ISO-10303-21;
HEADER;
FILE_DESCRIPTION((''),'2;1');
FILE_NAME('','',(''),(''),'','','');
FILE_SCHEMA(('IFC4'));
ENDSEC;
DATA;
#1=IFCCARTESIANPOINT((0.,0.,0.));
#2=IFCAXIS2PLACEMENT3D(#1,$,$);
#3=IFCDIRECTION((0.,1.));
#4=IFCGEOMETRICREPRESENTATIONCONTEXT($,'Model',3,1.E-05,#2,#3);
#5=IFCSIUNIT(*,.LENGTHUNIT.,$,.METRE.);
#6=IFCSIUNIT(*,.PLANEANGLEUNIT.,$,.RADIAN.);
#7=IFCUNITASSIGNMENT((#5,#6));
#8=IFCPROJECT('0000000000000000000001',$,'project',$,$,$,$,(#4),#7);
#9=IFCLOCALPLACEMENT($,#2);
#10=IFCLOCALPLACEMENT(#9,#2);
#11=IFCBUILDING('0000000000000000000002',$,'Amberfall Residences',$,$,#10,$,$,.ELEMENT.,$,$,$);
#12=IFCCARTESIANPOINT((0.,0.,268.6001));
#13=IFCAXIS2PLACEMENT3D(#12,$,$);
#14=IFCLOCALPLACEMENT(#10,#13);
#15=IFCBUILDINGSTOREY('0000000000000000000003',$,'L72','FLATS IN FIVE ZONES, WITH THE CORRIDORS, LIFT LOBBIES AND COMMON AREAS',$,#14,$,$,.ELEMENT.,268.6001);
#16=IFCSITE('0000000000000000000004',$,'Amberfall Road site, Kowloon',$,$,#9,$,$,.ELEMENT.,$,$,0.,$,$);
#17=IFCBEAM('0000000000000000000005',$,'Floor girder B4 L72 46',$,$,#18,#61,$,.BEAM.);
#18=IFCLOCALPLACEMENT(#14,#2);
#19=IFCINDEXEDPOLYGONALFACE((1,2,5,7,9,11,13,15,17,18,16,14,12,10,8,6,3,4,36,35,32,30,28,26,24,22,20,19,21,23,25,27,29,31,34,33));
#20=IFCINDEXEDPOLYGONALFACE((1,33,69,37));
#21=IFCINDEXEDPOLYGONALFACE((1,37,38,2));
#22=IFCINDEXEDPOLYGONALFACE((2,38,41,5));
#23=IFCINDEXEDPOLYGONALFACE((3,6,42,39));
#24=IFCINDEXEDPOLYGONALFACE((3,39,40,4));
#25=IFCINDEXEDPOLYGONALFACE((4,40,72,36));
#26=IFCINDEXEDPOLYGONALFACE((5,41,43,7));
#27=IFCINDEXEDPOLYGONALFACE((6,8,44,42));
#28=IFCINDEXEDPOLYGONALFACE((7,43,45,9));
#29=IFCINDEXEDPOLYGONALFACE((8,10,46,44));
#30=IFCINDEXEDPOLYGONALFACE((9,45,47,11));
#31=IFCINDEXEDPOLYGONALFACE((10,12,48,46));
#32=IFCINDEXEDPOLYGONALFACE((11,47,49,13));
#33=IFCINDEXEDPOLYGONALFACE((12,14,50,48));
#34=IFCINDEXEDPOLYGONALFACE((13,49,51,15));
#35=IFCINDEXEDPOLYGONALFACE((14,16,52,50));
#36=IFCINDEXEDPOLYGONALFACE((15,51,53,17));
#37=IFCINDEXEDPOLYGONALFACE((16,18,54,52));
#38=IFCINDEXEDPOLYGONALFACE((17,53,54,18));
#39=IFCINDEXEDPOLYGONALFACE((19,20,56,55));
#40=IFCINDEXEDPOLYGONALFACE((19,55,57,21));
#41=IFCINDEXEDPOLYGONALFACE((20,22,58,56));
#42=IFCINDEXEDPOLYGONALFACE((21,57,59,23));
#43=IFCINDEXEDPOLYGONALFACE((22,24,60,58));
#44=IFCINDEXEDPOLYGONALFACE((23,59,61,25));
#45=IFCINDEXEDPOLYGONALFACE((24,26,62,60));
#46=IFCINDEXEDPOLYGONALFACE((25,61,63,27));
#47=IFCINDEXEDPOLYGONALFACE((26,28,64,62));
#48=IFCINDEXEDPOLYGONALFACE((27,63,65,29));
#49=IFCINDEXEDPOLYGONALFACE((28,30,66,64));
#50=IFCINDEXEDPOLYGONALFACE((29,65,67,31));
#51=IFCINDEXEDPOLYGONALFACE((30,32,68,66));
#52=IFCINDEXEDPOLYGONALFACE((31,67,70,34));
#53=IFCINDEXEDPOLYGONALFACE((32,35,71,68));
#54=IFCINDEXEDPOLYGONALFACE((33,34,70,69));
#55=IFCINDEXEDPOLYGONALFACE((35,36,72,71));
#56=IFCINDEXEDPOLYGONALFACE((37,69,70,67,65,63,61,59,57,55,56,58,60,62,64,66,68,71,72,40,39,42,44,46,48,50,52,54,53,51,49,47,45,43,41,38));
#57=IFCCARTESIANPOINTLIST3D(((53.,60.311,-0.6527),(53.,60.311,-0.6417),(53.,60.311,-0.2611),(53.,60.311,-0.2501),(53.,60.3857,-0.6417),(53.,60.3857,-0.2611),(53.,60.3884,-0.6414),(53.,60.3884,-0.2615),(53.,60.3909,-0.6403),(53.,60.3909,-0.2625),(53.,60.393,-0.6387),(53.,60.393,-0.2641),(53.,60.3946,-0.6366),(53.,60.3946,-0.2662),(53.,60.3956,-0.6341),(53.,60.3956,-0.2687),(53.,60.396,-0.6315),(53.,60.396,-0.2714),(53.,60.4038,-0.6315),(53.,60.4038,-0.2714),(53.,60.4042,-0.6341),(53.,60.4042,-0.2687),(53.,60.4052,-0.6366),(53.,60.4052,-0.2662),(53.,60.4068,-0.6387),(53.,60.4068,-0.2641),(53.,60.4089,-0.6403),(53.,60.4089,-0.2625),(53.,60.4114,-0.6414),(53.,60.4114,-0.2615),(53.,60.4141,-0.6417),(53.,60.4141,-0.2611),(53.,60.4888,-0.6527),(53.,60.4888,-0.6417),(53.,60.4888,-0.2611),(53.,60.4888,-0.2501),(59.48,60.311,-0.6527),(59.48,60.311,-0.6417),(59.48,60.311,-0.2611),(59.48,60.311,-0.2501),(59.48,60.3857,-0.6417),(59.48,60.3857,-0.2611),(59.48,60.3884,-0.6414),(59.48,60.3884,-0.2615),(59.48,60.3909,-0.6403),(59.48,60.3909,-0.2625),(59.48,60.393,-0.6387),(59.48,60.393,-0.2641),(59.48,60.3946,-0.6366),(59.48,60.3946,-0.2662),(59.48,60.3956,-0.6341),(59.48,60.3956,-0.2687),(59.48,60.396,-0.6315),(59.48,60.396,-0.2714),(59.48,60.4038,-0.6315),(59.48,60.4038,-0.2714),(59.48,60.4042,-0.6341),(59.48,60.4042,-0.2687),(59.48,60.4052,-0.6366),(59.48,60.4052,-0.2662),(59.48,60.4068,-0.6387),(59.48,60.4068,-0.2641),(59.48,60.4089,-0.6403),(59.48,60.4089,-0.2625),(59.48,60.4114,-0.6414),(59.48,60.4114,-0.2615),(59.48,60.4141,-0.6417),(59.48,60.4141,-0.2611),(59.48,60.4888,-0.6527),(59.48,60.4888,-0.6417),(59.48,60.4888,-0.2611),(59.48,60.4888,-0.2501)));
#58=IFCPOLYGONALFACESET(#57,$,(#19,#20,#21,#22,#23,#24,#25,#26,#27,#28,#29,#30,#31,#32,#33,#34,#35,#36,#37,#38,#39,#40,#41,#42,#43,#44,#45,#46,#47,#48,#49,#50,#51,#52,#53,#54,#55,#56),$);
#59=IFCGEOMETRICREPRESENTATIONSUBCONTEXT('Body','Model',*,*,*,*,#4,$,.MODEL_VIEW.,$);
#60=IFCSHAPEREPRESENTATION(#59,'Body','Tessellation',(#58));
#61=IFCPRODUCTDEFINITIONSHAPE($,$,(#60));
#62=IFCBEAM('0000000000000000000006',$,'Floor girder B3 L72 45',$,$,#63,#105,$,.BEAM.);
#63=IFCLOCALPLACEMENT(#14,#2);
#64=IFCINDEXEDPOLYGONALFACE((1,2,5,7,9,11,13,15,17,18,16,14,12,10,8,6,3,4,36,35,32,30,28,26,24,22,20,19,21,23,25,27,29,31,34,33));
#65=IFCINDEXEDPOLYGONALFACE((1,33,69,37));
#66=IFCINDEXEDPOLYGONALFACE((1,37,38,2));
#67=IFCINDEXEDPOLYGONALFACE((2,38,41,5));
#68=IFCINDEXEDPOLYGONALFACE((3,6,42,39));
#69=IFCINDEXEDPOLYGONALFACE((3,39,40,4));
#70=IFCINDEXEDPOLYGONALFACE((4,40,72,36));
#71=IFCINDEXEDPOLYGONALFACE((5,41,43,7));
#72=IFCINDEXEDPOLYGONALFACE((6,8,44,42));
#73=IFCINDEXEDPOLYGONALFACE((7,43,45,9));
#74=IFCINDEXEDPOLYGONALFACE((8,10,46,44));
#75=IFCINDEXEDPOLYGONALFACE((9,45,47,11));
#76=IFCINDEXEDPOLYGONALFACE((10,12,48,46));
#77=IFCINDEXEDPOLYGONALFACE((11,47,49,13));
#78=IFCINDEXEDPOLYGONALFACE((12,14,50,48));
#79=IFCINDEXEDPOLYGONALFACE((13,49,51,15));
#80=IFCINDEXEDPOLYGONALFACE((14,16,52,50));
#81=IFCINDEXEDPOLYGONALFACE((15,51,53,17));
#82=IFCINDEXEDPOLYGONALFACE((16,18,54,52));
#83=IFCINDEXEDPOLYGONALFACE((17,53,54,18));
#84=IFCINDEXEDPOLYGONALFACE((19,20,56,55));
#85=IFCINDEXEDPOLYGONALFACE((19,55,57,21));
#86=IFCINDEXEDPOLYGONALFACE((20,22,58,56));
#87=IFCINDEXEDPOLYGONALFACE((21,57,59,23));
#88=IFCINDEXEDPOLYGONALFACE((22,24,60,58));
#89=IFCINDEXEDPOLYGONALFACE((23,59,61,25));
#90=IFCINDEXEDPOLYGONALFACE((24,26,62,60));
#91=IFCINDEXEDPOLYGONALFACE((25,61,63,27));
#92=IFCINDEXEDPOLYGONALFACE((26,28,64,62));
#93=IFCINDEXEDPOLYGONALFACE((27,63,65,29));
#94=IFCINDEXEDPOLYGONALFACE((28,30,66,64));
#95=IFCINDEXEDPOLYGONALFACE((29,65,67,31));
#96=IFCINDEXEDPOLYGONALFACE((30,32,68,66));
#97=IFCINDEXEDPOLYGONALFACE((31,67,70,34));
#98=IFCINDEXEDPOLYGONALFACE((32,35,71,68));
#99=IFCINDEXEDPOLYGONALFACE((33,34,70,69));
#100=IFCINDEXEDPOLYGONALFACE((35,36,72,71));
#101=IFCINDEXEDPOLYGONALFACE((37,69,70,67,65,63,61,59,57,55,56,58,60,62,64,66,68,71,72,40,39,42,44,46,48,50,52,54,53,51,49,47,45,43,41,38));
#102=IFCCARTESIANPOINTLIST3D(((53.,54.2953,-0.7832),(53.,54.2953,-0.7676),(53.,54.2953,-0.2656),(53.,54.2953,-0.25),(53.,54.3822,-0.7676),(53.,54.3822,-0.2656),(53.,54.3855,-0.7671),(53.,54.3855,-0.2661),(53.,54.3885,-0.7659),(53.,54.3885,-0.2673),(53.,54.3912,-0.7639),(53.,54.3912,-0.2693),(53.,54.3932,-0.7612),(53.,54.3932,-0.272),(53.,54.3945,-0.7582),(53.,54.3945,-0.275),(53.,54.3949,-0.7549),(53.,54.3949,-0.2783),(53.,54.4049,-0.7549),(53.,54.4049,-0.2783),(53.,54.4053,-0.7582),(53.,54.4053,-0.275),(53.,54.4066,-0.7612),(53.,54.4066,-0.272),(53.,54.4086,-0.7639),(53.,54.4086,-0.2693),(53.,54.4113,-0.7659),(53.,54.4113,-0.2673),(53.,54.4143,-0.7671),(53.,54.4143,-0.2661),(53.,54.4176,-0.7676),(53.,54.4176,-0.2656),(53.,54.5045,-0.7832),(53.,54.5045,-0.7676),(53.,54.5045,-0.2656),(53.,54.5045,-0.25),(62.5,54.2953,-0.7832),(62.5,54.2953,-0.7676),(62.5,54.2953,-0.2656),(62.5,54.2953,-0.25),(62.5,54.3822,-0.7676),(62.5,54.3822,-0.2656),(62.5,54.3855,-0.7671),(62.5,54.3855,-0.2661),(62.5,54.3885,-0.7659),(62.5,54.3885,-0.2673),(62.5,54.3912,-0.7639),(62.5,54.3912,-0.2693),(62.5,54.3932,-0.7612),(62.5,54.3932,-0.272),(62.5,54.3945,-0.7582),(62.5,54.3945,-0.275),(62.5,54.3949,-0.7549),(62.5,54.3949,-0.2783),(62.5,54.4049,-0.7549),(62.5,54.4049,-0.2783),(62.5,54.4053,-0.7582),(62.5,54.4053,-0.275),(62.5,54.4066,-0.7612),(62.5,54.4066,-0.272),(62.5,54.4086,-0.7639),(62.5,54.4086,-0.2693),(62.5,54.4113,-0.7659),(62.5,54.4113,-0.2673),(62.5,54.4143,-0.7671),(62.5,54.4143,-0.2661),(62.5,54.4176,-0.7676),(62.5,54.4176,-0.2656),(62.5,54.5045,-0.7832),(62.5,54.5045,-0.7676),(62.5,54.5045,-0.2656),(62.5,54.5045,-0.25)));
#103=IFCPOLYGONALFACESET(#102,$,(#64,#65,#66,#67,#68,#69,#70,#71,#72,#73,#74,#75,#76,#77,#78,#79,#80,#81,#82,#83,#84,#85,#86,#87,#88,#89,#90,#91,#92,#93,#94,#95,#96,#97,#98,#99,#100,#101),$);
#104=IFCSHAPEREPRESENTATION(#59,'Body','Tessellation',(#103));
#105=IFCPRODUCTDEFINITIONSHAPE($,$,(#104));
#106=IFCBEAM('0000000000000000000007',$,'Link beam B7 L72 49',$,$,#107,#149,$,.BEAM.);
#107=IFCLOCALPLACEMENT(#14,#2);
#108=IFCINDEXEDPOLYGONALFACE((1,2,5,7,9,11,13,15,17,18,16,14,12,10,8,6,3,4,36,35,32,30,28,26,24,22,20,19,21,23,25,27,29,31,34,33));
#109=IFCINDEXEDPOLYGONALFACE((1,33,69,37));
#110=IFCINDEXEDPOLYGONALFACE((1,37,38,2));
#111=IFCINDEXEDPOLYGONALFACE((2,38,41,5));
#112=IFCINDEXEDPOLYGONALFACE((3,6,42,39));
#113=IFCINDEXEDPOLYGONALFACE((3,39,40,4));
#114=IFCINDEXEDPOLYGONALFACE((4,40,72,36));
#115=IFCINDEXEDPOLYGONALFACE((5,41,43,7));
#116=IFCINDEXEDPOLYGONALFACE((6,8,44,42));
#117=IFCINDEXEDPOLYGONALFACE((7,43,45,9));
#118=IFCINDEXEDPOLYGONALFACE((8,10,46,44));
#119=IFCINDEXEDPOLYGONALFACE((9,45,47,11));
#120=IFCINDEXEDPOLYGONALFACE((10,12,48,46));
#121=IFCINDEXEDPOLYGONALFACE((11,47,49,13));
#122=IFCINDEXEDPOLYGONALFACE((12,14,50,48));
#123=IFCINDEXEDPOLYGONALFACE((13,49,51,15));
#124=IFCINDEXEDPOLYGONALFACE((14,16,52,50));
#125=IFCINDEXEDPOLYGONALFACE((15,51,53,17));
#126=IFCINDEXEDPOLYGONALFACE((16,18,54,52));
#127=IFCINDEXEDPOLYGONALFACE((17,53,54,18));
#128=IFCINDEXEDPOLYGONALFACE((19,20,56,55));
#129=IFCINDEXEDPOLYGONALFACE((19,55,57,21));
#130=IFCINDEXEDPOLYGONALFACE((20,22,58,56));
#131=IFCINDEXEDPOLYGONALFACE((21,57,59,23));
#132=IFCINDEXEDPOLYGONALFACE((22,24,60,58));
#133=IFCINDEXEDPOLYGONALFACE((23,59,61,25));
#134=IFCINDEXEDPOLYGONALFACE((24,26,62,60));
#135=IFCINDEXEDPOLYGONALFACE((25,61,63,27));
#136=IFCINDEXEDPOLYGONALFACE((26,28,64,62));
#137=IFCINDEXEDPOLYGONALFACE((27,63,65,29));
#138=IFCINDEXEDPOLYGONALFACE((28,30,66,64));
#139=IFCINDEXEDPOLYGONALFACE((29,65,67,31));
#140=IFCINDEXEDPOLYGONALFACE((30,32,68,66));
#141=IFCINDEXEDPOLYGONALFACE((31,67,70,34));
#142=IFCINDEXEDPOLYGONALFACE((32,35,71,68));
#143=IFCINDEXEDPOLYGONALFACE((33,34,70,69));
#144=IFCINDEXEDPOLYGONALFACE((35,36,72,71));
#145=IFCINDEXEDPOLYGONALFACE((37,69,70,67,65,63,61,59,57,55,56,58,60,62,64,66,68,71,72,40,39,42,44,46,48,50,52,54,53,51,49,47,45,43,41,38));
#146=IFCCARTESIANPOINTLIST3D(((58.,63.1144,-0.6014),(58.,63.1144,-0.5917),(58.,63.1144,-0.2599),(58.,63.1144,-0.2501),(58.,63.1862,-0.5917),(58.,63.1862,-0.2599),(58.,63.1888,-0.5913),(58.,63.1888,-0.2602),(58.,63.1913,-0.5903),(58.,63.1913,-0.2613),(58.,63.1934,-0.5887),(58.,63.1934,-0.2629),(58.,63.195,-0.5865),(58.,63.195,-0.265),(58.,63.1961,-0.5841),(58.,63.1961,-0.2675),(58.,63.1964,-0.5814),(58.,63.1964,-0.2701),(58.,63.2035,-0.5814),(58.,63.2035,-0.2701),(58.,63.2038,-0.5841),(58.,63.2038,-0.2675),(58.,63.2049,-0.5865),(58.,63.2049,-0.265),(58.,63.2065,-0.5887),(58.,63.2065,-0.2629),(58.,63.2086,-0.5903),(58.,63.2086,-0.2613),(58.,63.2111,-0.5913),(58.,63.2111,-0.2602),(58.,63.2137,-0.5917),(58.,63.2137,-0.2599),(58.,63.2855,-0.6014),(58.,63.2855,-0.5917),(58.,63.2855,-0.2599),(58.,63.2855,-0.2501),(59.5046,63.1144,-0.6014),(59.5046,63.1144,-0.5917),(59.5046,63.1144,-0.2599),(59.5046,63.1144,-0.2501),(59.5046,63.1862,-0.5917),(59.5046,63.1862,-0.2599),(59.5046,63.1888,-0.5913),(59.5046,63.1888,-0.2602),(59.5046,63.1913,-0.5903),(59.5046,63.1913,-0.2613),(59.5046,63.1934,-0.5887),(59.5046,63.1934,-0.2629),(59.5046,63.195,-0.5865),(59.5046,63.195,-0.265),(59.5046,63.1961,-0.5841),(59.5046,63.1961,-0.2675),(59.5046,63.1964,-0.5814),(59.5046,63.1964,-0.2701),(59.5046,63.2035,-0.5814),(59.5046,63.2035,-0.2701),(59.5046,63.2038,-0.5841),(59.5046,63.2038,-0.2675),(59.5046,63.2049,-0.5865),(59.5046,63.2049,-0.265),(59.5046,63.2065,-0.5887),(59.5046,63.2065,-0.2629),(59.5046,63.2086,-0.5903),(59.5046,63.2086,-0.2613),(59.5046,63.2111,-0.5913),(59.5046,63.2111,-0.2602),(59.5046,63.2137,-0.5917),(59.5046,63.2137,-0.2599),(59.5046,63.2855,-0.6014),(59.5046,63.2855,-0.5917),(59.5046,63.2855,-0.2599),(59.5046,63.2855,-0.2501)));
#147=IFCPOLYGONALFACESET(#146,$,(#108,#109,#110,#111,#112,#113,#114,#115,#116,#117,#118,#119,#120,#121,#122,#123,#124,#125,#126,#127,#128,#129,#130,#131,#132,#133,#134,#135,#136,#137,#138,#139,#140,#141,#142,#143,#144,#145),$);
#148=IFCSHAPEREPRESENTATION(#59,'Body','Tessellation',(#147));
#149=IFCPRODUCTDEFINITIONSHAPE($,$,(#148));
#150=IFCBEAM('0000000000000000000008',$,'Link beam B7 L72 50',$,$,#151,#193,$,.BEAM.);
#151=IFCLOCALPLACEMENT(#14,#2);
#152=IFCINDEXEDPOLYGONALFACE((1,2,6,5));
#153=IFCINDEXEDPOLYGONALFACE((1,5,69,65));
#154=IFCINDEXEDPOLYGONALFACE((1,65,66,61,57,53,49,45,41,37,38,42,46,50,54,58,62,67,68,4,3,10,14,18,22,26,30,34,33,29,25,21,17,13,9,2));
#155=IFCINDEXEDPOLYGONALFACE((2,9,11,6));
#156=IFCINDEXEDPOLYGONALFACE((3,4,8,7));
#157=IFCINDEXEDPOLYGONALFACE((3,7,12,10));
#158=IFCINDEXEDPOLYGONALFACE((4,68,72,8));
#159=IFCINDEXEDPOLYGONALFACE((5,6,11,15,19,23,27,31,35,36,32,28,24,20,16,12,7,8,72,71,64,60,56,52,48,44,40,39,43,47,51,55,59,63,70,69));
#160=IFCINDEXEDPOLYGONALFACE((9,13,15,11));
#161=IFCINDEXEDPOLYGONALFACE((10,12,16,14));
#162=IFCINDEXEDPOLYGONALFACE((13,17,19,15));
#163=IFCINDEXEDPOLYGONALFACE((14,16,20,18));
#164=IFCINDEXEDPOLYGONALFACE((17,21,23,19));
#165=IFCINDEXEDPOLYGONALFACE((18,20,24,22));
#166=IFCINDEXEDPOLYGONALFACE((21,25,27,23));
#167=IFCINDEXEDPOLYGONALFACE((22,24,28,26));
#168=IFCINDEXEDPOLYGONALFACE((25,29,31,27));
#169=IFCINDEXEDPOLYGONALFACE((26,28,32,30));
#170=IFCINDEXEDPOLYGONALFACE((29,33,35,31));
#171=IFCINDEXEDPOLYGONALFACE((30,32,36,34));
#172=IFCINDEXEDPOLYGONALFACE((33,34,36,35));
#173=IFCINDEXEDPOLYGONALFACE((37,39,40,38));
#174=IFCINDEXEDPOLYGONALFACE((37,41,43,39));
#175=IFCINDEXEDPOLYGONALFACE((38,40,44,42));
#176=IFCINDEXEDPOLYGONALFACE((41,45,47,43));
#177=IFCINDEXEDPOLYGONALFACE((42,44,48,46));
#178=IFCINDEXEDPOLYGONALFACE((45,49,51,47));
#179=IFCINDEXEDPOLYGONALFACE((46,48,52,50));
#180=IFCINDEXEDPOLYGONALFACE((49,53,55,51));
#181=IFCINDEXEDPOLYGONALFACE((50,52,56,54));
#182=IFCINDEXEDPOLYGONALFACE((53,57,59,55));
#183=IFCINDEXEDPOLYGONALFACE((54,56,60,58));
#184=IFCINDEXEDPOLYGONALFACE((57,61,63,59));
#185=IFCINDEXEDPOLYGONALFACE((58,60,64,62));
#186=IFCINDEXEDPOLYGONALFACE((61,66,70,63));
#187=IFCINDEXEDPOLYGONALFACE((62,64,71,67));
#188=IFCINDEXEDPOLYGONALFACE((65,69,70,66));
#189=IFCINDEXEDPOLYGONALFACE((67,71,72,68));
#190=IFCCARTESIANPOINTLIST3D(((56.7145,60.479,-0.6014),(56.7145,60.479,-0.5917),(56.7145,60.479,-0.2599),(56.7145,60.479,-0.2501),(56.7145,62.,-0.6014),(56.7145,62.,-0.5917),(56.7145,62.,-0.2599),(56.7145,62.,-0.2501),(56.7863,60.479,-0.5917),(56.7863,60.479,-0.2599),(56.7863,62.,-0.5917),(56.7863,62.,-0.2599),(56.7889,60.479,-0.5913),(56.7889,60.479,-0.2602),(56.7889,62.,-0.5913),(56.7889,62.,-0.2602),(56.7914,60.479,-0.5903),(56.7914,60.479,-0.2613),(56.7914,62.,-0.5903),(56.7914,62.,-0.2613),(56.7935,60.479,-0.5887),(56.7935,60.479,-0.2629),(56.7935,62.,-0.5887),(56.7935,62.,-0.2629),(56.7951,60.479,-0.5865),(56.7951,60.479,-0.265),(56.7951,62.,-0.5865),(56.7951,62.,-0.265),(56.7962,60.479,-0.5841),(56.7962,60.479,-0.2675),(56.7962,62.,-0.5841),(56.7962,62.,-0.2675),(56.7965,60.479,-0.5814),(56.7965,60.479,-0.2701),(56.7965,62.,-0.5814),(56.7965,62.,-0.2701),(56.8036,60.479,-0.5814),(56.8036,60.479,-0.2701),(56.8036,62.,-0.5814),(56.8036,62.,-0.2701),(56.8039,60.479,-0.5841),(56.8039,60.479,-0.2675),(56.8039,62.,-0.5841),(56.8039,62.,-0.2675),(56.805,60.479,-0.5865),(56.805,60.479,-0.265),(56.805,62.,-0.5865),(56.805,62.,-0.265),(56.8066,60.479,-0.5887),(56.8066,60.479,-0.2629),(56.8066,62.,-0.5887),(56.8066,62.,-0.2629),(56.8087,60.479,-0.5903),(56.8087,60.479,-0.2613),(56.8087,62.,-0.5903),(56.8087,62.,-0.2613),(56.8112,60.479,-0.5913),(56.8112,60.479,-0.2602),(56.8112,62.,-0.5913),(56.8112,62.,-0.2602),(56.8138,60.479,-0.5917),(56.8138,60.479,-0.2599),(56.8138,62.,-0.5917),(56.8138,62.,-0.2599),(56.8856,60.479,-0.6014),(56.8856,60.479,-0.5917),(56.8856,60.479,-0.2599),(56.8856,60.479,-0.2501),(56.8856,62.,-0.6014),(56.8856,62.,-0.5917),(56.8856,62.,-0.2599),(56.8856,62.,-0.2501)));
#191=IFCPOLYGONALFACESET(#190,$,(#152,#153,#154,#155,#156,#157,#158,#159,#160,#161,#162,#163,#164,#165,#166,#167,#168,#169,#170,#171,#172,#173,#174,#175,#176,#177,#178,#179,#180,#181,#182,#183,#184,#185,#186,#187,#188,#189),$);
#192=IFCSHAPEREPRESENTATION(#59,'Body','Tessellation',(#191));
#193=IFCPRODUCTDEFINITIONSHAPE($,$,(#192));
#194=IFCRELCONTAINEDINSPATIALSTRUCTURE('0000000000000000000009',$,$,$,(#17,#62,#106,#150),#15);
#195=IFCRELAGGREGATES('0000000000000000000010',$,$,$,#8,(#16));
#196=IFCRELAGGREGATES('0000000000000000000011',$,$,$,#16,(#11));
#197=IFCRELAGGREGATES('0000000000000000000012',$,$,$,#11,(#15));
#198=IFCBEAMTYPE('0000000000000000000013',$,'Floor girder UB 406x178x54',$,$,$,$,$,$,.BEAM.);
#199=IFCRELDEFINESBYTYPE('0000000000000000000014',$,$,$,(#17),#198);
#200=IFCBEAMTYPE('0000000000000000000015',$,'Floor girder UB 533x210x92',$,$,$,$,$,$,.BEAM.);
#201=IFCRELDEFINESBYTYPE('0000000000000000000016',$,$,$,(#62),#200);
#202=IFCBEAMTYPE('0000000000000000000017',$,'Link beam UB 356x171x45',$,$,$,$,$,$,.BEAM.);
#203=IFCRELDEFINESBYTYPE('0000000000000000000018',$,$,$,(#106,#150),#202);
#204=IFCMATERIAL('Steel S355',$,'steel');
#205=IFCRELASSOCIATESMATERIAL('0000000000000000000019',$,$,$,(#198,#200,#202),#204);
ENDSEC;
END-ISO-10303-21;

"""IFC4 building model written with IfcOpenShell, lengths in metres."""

from ifc_helpers import new_model, si_unit, direction, frame, origin, origin_2d, place, context, subcontext, project, spatial, i_section, extrude, material, material_profile, profile_set, type_object, element, save


model = new_model("IFC4")

# Units and contexts
model_context = context("Model", 3, precision=1e-05, world=origin(), true_north=direction((0.0, 1.0)))
body_context = subcontext(model_context, "Body", "Model", "MODEL_VIEW")
ifc_project = project(units=[si_unit("LENGTHUNIT", "METRE"), si_unit("PLANEANGLEUNIT", "RADIAN")], contexts=[model_context])

# Site, building, storey
site_placement = place(None, origin())
site = spatial("IfcSite", under=ifc_project, at=site_placement, Name="Amberfall Road site, Kowloon", CompositionType="ELEMENT", RefElevation=0.0)
building_placement = place(site_placement, origin())
building = spatial("IfcBuilding", under=site, at=building_placement, Name="Amberfall Residences", CompositionType="ELEMENT")
storey_placement = place(building_placement, frame((0.0, 0.0, 268.6001)))
storey = spatial("IfcBuildingStorey", under=building, at=storey_placement, Name="L72", Description="FLATS IN FIVE ZONES, WITH THE CORRIDORS, LIFT LOBBIES AND COMMON AREAS", CompositionType="ELEMENT", Elevation=268.6001)

# Shared definitions
ifc_material_1 = material(Name="Steel S355", Category="steel")

# Beams
ifc_material_profile_1 = material_profile(ifc_material_1, i_section(OverallWidth=0.1777, OverallDepth=0.4026, WebThickness=0.0078, FlangeThickness=0.011, FilletRadius=0.0103, at=origin_2d()), Name="UB 406x178x54")
ifc_profile_set_1 = profile_set([ifc_material_profile_1], Name="Steel S355")
beam_type_1 = type_object("IfcBeamType", Name="Floor girder UB 406x178x54", PredefinedType="BEAM", material=ifc_profile_set_1)
beam_1_placement = place(storey_placement, frame((53.0, 60.3999, -0.4514), z_axis=(1.0, 0.0, 0.0), x_axis=(0.0, 1.0, 0.0)))
element("IfcBeam", 1, at=beam_1_placement, inside=storey, type_object=beam_type_1, Name="Floor girder B4 L72 46", PredefinedType="BEAM", context=body_context, shape_type="SweptSolid", body=[
    extrude(i_section(OverallWidth=0.1777, OverallDepth=0.4026, WebThickness=0.0078, FlangeThickness=0.011, FilletRadius=0.0103, at=origin_2d()), origin(), (0.0, 0.0, 1.0), 6.48),
])
ifc_material_profile_2 = material_profile(ifc_material_1, i_section(OverallWidth=0.2092, OverallDepth=0.5332, WebThickness=0.01, FlangeThickness=0.0156, FilletRadius=0.0127, at=origin_2d()), Name="UB 533x210x92")
ifc_profile_set_2 = profile_set([ifc_material_profile_2], Name="Steel S355")
beam_type_2 = type_object("IfcBeamType", Name="Floor girder UB 533x210x92", PredefinedType="BEAM", material=ifc_profile_set_2)
beam_2_placement = place(storey_placement, frame((53.0, 54.3999, -0.5166), z_axis=(1.0, 0.0, 0.0), x_axis=(0.0, 1.0, 0.0)))
element("IfcBeam", 2, at=beam_2_placement, inside=storey, type_object=beam_type_2, Name="Floor girder B3 L72 45", PredefinedType="BEAM", context=body_context, shape_type="SweptSolid", body=[
    extrude(i_section(OverallWidth=0.2092, OverallDepth=0.5332, WebThickness=0.01, FlangeThickness=0.0156, FilletRadius=0.0127, at=origin_2d()), origin(), (0.0, 0.0, 1.0), 9.5),
])
ifc_material_profile_3 = material_profile(ifc_material_1, i_section(OverallWidth=0.1711, OverallDepth=0.3513, WebThickness=0.0071, FlangeThickness=0.0098, FilletRadius=0.0103, at=origin_2d()), Name="UB 356x171x45")
ifc_profile_set_3 = profile_set([ifc_material_profile_3], Name="Steel S355")
beam_type_3 = type_object("IfcBeamType", Name="Link beam UB 356x171x45", PredefinedType="BEAM", material=ifc_profile_set_3)
beam_3_placement = place(storey_placement, frame((58.0, 63.2, -0.4258), z_axis=(1.0, 0.0, 0.0), x_axis=(0.0, 1.0, 0.0)))
element("IfcBeam", 3, at=beam_3_placement, inside=storey, type_object=beam_type_3, Name="Link beam B7 L72 49", PredefinedType="BEAM", context=body_context, shape_type="SweptSolid", body=[
    extrude(i_section(OverallWidth=0.1711, OverallDepth=0.3513, WebThickness=0.0071, FlangeThickness=0.0098, FilletRadius=0.0103, at=origin_2d()), origin(), (0.0, 0.0, 1.0), 1.5046),
])
beam_4_placement = place(storey_placement, frame((56.8, 62.0, -0.4258), z_axis=(0.0, -1.0, 0.0), x_axis=(1.0, 0.0, 0.0)))
element("IfcBeam", 4, at=beam_4_placement, inside=storey, type_object=beam_type_3, Name="Link beam B7 L72 50", PredefinedType="BEAM", context=body_context, shape_type="SweptSolid", body=[
    extrude(i_section(OverallWidth=0.1711, OverallDepth=0.3513, WebThickness=0.0071, FlangeThickness=0.0098, FilletRadius=0.0103, at=origin_2d()), origin(), (0.0, 0.0, 1.0), 1.521),
])

save(model, "model.ifc")
